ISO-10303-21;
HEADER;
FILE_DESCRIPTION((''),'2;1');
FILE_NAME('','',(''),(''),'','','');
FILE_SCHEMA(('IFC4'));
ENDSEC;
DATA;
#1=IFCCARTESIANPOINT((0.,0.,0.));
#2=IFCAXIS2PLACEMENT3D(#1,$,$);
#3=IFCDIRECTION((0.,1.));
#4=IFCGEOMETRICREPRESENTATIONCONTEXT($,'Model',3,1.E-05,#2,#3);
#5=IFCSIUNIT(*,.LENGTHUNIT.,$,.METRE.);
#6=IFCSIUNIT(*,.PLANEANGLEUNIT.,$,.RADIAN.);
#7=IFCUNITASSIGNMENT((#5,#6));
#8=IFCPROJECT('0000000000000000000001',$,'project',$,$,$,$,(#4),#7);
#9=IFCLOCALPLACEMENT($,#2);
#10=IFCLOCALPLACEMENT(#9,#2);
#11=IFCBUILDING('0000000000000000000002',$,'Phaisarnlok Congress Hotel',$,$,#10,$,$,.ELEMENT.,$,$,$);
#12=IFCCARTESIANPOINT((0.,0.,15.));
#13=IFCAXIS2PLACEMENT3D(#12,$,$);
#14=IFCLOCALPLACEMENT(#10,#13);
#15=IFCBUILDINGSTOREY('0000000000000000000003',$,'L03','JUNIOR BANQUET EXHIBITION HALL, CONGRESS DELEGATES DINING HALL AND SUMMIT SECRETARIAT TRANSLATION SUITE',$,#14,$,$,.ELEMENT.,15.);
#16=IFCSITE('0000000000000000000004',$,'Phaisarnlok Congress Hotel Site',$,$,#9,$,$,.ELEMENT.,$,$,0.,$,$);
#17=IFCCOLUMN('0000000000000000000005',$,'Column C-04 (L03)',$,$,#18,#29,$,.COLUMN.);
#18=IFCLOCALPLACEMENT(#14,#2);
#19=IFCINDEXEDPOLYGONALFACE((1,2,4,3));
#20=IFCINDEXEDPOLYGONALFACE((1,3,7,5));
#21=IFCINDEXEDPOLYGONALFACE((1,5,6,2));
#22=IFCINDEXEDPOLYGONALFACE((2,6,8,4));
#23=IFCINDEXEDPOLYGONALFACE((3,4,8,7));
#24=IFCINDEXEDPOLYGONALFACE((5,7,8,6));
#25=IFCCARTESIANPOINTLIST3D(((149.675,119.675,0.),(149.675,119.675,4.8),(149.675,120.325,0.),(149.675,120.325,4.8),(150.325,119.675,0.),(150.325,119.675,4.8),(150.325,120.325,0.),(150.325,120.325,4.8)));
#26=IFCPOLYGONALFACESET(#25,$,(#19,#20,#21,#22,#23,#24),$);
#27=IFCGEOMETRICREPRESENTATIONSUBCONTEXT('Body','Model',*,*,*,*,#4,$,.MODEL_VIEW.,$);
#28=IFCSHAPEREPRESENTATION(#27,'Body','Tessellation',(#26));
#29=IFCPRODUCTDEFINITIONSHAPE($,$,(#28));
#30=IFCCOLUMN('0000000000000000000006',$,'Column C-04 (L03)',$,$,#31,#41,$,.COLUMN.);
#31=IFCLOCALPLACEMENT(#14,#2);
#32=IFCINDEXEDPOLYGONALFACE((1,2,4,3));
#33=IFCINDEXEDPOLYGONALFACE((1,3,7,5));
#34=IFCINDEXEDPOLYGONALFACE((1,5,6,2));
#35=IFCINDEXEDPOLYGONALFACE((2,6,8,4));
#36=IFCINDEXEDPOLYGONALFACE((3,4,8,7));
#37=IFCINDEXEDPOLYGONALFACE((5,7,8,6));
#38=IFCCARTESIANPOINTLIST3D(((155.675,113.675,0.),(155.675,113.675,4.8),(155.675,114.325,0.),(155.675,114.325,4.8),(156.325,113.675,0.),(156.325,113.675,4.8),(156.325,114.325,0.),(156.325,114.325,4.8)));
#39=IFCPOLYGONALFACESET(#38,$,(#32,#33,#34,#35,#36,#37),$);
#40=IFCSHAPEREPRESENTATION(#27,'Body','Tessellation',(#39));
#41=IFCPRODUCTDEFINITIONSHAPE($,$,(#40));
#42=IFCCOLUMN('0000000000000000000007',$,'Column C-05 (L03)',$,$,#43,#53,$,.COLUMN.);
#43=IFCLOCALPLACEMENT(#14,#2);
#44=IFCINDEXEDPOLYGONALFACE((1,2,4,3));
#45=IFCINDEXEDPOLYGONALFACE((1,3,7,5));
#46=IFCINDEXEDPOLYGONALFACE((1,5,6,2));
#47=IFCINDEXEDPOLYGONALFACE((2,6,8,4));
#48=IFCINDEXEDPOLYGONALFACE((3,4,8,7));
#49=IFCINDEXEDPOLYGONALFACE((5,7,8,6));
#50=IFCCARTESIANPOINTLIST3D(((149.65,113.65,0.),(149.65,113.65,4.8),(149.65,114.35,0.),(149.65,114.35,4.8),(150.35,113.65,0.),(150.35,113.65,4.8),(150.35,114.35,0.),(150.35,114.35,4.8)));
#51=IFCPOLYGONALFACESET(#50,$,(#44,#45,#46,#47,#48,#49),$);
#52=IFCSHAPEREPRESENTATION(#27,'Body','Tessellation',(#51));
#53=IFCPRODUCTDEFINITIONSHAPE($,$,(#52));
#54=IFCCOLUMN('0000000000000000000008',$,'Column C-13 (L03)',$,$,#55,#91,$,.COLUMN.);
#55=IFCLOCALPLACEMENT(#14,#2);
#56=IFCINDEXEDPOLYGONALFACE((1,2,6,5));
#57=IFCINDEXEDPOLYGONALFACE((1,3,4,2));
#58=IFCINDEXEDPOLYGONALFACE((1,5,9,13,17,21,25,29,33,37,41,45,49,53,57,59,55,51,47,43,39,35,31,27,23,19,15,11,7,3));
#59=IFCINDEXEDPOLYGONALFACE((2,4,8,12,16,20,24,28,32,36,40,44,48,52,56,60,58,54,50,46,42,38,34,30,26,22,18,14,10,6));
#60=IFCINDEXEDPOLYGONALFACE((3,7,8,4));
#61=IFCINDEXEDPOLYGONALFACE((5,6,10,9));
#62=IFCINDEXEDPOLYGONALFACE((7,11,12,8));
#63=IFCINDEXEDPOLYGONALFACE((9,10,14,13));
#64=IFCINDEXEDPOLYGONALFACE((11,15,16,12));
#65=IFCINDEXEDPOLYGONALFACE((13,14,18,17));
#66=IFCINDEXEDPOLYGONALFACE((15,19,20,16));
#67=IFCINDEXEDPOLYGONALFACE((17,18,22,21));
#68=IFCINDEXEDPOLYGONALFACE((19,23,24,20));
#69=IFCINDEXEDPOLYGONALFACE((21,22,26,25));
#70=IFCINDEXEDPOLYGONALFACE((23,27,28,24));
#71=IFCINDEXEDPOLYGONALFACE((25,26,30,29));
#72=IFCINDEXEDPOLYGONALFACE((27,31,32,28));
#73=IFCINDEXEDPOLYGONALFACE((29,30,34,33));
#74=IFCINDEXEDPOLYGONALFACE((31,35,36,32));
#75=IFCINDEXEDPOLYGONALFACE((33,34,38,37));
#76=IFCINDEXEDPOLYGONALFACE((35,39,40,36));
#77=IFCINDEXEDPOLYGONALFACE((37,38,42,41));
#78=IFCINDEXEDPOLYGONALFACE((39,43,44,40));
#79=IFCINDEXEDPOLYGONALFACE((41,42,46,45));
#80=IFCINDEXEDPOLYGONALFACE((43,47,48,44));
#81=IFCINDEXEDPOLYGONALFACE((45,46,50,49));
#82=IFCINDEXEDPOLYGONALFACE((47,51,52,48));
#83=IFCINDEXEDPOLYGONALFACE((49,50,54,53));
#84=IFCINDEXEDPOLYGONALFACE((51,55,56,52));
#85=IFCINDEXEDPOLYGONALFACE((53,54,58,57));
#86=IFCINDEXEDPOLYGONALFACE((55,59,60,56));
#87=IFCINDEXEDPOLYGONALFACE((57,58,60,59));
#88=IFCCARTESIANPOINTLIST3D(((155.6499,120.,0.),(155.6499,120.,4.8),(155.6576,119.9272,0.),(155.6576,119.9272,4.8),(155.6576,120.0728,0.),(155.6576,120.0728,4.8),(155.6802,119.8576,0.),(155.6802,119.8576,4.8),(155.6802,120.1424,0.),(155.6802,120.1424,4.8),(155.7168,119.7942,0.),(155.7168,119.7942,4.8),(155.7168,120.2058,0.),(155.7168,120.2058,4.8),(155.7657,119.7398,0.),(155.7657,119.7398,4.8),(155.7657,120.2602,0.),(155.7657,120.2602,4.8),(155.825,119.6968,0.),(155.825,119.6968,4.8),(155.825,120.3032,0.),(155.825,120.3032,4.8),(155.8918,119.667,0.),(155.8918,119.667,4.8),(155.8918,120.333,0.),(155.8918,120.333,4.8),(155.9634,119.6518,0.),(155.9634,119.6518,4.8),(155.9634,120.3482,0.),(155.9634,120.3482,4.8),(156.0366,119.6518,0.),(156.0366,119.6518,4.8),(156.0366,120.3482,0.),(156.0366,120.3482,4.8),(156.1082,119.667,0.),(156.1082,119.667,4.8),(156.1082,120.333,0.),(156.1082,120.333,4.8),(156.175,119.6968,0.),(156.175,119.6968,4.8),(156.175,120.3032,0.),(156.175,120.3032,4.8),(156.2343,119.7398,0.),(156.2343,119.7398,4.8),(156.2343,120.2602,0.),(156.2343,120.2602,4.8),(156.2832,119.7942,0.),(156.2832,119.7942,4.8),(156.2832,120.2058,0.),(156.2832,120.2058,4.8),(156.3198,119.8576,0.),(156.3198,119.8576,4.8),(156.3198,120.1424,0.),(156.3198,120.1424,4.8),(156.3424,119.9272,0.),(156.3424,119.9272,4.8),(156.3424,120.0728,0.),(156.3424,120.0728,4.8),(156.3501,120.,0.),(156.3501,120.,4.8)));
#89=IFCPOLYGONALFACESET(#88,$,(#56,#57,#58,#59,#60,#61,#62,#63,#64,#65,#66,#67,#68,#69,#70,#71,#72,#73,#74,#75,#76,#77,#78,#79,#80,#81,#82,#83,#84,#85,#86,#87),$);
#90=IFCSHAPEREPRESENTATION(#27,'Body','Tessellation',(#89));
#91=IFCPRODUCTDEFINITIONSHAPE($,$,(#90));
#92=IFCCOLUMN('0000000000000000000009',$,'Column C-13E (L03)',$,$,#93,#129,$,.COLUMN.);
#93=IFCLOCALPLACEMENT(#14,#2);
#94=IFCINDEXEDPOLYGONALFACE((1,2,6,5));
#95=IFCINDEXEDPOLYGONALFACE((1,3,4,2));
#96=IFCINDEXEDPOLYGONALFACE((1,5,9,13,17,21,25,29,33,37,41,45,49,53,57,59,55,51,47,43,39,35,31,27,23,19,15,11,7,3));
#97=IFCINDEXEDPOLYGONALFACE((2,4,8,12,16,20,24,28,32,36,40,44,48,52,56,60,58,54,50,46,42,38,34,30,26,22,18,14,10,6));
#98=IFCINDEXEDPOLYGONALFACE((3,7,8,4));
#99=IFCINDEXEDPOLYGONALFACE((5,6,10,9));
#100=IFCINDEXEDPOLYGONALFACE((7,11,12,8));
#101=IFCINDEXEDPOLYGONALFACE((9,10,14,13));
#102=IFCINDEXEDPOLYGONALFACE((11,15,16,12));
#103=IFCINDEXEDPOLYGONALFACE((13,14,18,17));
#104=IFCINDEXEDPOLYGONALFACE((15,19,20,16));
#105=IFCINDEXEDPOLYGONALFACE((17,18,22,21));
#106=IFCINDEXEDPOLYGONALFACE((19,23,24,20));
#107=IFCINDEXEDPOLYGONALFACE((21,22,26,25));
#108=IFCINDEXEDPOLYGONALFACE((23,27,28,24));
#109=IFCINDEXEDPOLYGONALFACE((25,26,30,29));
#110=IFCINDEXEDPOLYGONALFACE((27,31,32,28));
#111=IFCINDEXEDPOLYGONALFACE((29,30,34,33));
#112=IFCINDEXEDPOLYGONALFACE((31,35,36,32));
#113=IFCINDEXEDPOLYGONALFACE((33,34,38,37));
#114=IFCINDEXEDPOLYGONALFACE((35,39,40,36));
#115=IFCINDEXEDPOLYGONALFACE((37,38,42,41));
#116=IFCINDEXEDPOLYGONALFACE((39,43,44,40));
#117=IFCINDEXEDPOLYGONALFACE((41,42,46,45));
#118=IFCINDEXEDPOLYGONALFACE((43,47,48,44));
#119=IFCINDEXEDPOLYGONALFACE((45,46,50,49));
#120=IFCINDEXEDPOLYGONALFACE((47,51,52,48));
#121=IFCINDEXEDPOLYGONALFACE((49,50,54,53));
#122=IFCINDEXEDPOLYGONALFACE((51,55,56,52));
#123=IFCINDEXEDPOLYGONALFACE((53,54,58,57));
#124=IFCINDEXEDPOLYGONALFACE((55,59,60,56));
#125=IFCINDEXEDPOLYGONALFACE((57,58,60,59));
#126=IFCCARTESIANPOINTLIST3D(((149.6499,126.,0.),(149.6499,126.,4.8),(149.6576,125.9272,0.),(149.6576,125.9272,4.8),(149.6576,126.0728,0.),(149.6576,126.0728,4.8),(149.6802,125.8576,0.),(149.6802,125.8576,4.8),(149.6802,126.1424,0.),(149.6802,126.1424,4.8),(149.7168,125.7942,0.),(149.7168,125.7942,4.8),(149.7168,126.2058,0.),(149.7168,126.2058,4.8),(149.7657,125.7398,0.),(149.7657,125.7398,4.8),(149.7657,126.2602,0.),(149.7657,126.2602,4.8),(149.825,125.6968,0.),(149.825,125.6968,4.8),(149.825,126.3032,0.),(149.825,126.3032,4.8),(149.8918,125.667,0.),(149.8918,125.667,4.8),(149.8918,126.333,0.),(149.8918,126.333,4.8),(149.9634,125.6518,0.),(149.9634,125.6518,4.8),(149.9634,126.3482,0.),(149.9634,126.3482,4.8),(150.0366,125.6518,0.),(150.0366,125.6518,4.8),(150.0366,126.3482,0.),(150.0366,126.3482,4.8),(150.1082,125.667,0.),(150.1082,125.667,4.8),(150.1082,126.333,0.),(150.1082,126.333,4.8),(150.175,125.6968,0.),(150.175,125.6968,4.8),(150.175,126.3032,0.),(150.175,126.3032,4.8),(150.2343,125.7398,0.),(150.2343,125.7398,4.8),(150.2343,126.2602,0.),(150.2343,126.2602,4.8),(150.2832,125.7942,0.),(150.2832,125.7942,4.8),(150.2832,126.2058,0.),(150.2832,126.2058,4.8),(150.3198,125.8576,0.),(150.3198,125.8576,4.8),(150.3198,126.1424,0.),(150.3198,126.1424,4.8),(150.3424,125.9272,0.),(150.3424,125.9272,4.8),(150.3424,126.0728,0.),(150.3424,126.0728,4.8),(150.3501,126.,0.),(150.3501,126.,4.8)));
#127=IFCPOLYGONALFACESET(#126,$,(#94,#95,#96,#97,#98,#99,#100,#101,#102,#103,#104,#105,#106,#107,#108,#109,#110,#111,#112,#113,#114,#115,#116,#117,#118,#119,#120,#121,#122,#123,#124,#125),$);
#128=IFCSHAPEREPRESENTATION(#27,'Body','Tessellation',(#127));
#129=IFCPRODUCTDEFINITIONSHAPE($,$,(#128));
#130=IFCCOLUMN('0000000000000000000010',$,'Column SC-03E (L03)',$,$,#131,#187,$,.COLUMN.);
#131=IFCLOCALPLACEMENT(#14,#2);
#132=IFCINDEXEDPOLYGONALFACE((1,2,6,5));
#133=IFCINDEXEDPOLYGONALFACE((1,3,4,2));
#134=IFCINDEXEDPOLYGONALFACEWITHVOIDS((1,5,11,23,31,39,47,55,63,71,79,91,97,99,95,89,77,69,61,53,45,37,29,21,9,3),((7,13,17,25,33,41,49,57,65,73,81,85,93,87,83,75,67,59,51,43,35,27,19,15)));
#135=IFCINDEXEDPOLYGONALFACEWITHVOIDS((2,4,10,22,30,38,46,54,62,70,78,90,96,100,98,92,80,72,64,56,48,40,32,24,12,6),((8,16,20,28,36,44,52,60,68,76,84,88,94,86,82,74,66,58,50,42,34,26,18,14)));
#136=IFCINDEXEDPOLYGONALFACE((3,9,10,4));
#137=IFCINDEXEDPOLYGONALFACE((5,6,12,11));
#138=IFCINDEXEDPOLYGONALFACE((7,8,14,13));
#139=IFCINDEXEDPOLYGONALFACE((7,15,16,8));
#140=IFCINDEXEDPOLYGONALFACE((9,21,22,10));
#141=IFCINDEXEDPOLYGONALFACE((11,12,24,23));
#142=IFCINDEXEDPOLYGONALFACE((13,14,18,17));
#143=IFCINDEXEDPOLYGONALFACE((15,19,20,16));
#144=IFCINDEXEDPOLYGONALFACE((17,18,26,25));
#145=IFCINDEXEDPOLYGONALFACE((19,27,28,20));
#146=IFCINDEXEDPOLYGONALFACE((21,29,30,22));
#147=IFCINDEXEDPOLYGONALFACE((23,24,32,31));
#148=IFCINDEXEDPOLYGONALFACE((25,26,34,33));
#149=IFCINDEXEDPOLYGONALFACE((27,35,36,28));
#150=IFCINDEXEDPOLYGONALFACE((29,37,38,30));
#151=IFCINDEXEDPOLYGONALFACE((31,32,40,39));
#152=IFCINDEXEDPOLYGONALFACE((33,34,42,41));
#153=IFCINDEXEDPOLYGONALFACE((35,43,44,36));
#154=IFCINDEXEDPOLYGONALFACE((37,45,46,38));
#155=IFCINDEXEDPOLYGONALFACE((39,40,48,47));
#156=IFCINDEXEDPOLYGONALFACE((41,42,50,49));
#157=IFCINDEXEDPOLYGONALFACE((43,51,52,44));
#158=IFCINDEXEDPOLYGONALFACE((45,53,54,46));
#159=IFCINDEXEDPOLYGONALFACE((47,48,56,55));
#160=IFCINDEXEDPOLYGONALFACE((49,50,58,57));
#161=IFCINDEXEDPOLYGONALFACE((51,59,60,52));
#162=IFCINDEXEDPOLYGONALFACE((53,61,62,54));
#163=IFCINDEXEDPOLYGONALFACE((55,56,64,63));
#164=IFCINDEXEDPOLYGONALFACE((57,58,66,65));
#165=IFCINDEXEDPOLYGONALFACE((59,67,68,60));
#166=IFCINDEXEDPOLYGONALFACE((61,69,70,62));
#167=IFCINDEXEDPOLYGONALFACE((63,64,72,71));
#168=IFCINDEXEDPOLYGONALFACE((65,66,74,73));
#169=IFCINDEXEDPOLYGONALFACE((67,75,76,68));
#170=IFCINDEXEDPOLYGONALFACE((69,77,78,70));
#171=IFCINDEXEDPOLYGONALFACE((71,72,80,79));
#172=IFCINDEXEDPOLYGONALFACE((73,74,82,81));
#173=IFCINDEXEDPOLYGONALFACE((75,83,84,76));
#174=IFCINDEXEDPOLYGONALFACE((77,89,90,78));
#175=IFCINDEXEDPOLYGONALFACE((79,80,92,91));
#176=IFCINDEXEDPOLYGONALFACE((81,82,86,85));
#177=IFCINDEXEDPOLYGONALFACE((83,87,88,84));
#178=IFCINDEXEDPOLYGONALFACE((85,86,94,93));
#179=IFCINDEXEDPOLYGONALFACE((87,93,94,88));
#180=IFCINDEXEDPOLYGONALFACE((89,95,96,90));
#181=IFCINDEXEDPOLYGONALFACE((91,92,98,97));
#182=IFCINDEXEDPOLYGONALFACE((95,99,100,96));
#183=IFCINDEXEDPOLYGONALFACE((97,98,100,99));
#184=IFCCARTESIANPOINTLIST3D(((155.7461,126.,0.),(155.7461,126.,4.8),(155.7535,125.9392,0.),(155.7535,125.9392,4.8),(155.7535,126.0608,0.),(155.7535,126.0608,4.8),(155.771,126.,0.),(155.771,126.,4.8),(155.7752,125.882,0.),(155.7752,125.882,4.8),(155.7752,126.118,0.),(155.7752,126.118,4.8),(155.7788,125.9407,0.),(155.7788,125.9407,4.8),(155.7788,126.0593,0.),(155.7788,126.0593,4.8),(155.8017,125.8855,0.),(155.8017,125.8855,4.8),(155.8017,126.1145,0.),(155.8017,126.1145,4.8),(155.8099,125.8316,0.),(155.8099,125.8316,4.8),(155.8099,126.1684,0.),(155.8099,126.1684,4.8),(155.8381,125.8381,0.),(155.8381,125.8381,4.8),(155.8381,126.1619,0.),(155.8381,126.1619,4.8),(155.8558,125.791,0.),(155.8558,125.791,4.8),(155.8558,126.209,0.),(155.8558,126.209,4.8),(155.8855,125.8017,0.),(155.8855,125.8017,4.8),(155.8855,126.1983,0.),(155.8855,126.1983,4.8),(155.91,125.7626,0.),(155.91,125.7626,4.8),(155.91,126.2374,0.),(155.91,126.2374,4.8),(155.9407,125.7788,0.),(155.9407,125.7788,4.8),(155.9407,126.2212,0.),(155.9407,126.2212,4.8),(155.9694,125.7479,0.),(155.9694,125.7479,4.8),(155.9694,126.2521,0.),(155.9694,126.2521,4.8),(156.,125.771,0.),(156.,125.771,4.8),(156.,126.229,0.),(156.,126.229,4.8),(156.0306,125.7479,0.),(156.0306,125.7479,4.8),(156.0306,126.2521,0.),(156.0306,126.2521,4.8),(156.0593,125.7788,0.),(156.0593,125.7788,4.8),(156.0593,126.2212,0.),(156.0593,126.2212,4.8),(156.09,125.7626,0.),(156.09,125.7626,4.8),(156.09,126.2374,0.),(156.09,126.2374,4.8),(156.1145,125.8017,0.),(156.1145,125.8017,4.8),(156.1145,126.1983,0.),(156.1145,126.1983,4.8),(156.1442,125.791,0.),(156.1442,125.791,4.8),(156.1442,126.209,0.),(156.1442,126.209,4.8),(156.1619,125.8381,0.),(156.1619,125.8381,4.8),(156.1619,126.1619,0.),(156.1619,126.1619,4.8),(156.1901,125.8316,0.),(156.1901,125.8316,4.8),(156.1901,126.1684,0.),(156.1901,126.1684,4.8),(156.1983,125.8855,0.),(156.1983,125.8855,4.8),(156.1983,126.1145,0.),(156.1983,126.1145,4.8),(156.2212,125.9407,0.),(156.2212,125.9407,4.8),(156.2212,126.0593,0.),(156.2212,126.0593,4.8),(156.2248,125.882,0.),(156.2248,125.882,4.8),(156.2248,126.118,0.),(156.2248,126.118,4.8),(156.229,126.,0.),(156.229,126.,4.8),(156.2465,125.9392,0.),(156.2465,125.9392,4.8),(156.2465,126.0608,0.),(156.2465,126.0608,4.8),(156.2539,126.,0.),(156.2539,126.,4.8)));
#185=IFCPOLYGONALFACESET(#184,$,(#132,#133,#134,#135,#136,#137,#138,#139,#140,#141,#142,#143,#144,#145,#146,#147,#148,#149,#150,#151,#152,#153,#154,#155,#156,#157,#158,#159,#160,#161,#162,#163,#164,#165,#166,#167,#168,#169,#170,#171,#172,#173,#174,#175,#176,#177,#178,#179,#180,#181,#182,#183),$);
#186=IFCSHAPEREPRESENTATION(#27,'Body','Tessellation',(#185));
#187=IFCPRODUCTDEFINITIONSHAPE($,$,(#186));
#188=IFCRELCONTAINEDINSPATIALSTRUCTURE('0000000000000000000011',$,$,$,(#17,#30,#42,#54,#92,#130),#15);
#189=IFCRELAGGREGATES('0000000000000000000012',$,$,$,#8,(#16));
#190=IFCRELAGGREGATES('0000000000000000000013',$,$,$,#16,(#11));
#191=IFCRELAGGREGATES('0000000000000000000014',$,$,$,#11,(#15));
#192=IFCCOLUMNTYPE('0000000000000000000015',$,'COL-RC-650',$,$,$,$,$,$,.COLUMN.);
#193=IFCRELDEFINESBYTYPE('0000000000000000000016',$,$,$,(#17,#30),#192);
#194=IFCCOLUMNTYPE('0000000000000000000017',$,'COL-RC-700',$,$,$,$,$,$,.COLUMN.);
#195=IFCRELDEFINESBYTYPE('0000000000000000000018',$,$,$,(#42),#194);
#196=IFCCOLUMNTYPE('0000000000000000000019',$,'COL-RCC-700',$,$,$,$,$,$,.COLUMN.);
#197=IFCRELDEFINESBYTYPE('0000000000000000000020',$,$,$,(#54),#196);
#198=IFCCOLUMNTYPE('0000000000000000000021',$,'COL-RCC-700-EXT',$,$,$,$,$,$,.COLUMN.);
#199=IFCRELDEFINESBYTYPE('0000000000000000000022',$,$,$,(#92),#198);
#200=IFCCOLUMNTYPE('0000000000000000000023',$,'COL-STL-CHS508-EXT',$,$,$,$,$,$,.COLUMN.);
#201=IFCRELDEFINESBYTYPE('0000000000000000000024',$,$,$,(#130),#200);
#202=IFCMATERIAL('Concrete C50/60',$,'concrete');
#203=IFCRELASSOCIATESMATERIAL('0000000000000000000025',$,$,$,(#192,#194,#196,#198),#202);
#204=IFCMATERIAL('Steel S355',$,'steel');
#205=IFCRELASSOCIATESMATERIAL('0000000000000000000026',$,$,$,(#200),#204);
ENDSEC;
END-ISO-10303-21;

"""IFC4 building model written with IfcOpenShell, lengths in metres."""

from ifc_helpers import new_model, si_unit, direction, frame, origin, origin_2d, place, context, subcontext, project, spatial, rectangle, circle, hollow_circle, extrude, material, material_profile, profile_set, type_object, element, save


model = new_model("IFC4")

# Units and contexts
model_context = context("Model", 3, precision=1e-05, world=origin(), true_north=direction((0.0, 1.0)))
body_context = subcontext(model_context, "Body", "Model", "MODEL_VIEW")
ifc_project = project(units=[si_unit("LENGTHUNIT", "METRE"), si_unit("PLANEANGLEUNIT", "RADIAN")], contexts=[model_context])

# Site, building, storey
site_placement = place(None, origin())
site = spatial("IfcSite", under=ifc_project, at=site_placement, Name="Phaisarnlok Congress Hotel Site", CompositionType="ELEMENT", RefElevation=0.0)
building_placement = place(site_placement, origin())
building = spatial("IfcBuilding", under=site, at=building_placement, Name="Phaisarnlok Congress Hotel", CompositionType="ELEMENT")
storey_placement = place(building_placement, frame((0.0, 0.0, 15.0)))
storey = spatial("IfcBuildingStorey", under=building, at=storey_placement, Name="L03", Description="JUNIOR BANQUET EXHIBITION HALL, CONGRESS DELEGATES DINING HALL AND SUMMIT SECRETARIAT TRANSLATION SUITE", CompositionType="ELEMENT", Elevation=15.0)

# Columns
ifc_material_1 = material(Name="Concrete C50/60", Category="concrete")
ifc_material_profile_1 = material_profile(ifc_material_1, rectangle(XDim=0.6499, YDim=0.6499, at=origin_2d()), Name="RC 650x650")
ifc_profile_set_1 = profile_set([ifc_material_profile_1], Name="Concrete C50/60")
column_type_1 = type_object("IfcColumnType", Name="COL-RC-650", PredefinedType="COLUMN", material=ifc_profile_set_1)
for number, where, z_axis, x_axis, name in (
    (1, (150.0, 120.0, 0.0), (0.0, 0.0, 1.0), (1.0, 0.0, 0.0), "Column C-04 (L03)"),
    (2, (156.0, 114.0, 0.0), (0.0, 0.0, 1.0), (1.0, 0.0, 0.0), "Column C-04 (L03)"),
):
    element("IfcColumn", number, at=place(storey_placement, frame(where, z_axis=z_axis, x_axis=x_axis)), inside=storey, type_object=column_type_1, Name=name, PredefinedType="COLUMN", context=body_context, shape_type="SweptSolid", body=[
        extrude(rectangle(XDim=0.6499, YDim=0.6499, at=origin_2d()), origin(), (0.0, 0.0, 1.0), 4.8),
    ])
ifc_material_profile_2 = material_profile(ifc_material_1, rectangle(XDim=0.7, YDim=0.7, at=origin_2d()), Name="RC 700x700")
ifc_profile_set_2 = profile_set([ifc_material_profile_2], Name="Concrete C50/60")
column_type_2 = type_object("IfcColumnType", Name="COL-RC-700", PredefinedType="COLUMN", material=ifc_profile_set_2)
column_1_placement = place(storey_placement, frame((150.0, 114.0, 0.0), z_axis=(0.0, 0.0, 1.0), x_axis=(1.0, 0.0, 0.0)))
element("IfcColumn", 3, at=column_1_placement, inside=storey, type_object=column_type_2, Name="Column C-05 (L03)", PredefinedType="COLUMN", context=body_context, shape_type="SweptSolid", body=[
    extrude(rectangle(XDim=0.7, YDim=0.7, at=origin_2d()), origin(), (0.0, 0.0, 1.0), 4.8),
])
ifc_material_profile_3 = material_profile(ifc_material_1, circle(Radius=0.3501, at=origin_2d()), Name="RCC D700")
ifc_profile_set_3 = profile_set([ifc_material_profile_3], Name="Concrete C50/60")
column_type_3 = type_object("IfcColumnType", Name="COL-RCC-700", PredefinedType="COLUMN", material=ifc_profile_set_3)
column_2_placement = place(storey_placement, frame((156.0, 120.0, 0.0), z_axis=(0.0, 0.0, 1.0), x_axis=(1.0, 0.0, 0.0)))
element("IfcColumn", 4, at=column_2_placement, inside=storey, type_object=column_type_3, Name="Column C-13 (L03)", PredefinedType="COLUMN", context=body_context, shape_type="SweptSolid", body=[
    extrude(circle(Radius=0.3501, at=origin_2d()), origin(), (0.0, 0.0, 1.0), 4.8),
])
ifc_material_profile_4 = material_profile(ifc_material_1, circle(Radius=0.3501, at=origin_2d()), Name="RCC D700")
ifc_profile_set_4 = profile_set([ifc_material_profile_4], Name="Concrete C50/60")
column_type_4 = type_object("IfcColumnType", Name="COL-RCC-700-EXT", PredefinedType="COLUMN", material=ifc_profile_set_4)
column_3_placement = place(storey_placement, frame((150.0, 126.0, 0.0), z_axis=(0.0, 0.0, 1.0), x_axis=(1.0, 0.0, 0.0)))
element("IfcColumn", 5, at=column_3_placement, inside=storey, type_object=column_type_4, Name="Column C-13E (L03)", PredefinedType="COLUMN", context=body_context, shape_type="SweptSolid", body=[
    extrude(circle(Radius=0.3501, at=origin_2d()), origin(), (0.0, 0.0, 1.0), 4.8),
])
ifc_material_2 = material(Name="Steel S355", Category="steel")
ifc_material_profile_5 = material_profile(ifc_material_2, hollow_circle(Radius=0.2539, WallThickness=0.0249, at=origin_2d()), Name="CHS 508x25")
ifc_profile_set_5 = profile_set([ifc_material_profile_5], Name="Steel S355")
column_type_5 = type_object("IfcColumnType", Name="COL-STL-CHS508-EXT", PredefinedType="COLUMN", material=ifc_profile_set_5)
column_4_placement = place(storey_placement, frame((156.0, 126.0, 0.0), z_axis=(0.0, 0.0, 1.0), x_axis=(1.0, 0.0, 0.0)))
element("IfcColumn", 6, at=column_4_placement, inside=storey, type_object=column_type_5, Name="Column SC-03E (L03)", PredefinedType="COLUMN", context=body_context, shape_type="SweptSolid", body=[
    extrude(hollow_circle(Radius=0.2539, WallThickness=0.0249, at=origin_2d()), origin(), (0.0, 0.0, 1.0), 4.8),
])

save(model, "model.ifc")
